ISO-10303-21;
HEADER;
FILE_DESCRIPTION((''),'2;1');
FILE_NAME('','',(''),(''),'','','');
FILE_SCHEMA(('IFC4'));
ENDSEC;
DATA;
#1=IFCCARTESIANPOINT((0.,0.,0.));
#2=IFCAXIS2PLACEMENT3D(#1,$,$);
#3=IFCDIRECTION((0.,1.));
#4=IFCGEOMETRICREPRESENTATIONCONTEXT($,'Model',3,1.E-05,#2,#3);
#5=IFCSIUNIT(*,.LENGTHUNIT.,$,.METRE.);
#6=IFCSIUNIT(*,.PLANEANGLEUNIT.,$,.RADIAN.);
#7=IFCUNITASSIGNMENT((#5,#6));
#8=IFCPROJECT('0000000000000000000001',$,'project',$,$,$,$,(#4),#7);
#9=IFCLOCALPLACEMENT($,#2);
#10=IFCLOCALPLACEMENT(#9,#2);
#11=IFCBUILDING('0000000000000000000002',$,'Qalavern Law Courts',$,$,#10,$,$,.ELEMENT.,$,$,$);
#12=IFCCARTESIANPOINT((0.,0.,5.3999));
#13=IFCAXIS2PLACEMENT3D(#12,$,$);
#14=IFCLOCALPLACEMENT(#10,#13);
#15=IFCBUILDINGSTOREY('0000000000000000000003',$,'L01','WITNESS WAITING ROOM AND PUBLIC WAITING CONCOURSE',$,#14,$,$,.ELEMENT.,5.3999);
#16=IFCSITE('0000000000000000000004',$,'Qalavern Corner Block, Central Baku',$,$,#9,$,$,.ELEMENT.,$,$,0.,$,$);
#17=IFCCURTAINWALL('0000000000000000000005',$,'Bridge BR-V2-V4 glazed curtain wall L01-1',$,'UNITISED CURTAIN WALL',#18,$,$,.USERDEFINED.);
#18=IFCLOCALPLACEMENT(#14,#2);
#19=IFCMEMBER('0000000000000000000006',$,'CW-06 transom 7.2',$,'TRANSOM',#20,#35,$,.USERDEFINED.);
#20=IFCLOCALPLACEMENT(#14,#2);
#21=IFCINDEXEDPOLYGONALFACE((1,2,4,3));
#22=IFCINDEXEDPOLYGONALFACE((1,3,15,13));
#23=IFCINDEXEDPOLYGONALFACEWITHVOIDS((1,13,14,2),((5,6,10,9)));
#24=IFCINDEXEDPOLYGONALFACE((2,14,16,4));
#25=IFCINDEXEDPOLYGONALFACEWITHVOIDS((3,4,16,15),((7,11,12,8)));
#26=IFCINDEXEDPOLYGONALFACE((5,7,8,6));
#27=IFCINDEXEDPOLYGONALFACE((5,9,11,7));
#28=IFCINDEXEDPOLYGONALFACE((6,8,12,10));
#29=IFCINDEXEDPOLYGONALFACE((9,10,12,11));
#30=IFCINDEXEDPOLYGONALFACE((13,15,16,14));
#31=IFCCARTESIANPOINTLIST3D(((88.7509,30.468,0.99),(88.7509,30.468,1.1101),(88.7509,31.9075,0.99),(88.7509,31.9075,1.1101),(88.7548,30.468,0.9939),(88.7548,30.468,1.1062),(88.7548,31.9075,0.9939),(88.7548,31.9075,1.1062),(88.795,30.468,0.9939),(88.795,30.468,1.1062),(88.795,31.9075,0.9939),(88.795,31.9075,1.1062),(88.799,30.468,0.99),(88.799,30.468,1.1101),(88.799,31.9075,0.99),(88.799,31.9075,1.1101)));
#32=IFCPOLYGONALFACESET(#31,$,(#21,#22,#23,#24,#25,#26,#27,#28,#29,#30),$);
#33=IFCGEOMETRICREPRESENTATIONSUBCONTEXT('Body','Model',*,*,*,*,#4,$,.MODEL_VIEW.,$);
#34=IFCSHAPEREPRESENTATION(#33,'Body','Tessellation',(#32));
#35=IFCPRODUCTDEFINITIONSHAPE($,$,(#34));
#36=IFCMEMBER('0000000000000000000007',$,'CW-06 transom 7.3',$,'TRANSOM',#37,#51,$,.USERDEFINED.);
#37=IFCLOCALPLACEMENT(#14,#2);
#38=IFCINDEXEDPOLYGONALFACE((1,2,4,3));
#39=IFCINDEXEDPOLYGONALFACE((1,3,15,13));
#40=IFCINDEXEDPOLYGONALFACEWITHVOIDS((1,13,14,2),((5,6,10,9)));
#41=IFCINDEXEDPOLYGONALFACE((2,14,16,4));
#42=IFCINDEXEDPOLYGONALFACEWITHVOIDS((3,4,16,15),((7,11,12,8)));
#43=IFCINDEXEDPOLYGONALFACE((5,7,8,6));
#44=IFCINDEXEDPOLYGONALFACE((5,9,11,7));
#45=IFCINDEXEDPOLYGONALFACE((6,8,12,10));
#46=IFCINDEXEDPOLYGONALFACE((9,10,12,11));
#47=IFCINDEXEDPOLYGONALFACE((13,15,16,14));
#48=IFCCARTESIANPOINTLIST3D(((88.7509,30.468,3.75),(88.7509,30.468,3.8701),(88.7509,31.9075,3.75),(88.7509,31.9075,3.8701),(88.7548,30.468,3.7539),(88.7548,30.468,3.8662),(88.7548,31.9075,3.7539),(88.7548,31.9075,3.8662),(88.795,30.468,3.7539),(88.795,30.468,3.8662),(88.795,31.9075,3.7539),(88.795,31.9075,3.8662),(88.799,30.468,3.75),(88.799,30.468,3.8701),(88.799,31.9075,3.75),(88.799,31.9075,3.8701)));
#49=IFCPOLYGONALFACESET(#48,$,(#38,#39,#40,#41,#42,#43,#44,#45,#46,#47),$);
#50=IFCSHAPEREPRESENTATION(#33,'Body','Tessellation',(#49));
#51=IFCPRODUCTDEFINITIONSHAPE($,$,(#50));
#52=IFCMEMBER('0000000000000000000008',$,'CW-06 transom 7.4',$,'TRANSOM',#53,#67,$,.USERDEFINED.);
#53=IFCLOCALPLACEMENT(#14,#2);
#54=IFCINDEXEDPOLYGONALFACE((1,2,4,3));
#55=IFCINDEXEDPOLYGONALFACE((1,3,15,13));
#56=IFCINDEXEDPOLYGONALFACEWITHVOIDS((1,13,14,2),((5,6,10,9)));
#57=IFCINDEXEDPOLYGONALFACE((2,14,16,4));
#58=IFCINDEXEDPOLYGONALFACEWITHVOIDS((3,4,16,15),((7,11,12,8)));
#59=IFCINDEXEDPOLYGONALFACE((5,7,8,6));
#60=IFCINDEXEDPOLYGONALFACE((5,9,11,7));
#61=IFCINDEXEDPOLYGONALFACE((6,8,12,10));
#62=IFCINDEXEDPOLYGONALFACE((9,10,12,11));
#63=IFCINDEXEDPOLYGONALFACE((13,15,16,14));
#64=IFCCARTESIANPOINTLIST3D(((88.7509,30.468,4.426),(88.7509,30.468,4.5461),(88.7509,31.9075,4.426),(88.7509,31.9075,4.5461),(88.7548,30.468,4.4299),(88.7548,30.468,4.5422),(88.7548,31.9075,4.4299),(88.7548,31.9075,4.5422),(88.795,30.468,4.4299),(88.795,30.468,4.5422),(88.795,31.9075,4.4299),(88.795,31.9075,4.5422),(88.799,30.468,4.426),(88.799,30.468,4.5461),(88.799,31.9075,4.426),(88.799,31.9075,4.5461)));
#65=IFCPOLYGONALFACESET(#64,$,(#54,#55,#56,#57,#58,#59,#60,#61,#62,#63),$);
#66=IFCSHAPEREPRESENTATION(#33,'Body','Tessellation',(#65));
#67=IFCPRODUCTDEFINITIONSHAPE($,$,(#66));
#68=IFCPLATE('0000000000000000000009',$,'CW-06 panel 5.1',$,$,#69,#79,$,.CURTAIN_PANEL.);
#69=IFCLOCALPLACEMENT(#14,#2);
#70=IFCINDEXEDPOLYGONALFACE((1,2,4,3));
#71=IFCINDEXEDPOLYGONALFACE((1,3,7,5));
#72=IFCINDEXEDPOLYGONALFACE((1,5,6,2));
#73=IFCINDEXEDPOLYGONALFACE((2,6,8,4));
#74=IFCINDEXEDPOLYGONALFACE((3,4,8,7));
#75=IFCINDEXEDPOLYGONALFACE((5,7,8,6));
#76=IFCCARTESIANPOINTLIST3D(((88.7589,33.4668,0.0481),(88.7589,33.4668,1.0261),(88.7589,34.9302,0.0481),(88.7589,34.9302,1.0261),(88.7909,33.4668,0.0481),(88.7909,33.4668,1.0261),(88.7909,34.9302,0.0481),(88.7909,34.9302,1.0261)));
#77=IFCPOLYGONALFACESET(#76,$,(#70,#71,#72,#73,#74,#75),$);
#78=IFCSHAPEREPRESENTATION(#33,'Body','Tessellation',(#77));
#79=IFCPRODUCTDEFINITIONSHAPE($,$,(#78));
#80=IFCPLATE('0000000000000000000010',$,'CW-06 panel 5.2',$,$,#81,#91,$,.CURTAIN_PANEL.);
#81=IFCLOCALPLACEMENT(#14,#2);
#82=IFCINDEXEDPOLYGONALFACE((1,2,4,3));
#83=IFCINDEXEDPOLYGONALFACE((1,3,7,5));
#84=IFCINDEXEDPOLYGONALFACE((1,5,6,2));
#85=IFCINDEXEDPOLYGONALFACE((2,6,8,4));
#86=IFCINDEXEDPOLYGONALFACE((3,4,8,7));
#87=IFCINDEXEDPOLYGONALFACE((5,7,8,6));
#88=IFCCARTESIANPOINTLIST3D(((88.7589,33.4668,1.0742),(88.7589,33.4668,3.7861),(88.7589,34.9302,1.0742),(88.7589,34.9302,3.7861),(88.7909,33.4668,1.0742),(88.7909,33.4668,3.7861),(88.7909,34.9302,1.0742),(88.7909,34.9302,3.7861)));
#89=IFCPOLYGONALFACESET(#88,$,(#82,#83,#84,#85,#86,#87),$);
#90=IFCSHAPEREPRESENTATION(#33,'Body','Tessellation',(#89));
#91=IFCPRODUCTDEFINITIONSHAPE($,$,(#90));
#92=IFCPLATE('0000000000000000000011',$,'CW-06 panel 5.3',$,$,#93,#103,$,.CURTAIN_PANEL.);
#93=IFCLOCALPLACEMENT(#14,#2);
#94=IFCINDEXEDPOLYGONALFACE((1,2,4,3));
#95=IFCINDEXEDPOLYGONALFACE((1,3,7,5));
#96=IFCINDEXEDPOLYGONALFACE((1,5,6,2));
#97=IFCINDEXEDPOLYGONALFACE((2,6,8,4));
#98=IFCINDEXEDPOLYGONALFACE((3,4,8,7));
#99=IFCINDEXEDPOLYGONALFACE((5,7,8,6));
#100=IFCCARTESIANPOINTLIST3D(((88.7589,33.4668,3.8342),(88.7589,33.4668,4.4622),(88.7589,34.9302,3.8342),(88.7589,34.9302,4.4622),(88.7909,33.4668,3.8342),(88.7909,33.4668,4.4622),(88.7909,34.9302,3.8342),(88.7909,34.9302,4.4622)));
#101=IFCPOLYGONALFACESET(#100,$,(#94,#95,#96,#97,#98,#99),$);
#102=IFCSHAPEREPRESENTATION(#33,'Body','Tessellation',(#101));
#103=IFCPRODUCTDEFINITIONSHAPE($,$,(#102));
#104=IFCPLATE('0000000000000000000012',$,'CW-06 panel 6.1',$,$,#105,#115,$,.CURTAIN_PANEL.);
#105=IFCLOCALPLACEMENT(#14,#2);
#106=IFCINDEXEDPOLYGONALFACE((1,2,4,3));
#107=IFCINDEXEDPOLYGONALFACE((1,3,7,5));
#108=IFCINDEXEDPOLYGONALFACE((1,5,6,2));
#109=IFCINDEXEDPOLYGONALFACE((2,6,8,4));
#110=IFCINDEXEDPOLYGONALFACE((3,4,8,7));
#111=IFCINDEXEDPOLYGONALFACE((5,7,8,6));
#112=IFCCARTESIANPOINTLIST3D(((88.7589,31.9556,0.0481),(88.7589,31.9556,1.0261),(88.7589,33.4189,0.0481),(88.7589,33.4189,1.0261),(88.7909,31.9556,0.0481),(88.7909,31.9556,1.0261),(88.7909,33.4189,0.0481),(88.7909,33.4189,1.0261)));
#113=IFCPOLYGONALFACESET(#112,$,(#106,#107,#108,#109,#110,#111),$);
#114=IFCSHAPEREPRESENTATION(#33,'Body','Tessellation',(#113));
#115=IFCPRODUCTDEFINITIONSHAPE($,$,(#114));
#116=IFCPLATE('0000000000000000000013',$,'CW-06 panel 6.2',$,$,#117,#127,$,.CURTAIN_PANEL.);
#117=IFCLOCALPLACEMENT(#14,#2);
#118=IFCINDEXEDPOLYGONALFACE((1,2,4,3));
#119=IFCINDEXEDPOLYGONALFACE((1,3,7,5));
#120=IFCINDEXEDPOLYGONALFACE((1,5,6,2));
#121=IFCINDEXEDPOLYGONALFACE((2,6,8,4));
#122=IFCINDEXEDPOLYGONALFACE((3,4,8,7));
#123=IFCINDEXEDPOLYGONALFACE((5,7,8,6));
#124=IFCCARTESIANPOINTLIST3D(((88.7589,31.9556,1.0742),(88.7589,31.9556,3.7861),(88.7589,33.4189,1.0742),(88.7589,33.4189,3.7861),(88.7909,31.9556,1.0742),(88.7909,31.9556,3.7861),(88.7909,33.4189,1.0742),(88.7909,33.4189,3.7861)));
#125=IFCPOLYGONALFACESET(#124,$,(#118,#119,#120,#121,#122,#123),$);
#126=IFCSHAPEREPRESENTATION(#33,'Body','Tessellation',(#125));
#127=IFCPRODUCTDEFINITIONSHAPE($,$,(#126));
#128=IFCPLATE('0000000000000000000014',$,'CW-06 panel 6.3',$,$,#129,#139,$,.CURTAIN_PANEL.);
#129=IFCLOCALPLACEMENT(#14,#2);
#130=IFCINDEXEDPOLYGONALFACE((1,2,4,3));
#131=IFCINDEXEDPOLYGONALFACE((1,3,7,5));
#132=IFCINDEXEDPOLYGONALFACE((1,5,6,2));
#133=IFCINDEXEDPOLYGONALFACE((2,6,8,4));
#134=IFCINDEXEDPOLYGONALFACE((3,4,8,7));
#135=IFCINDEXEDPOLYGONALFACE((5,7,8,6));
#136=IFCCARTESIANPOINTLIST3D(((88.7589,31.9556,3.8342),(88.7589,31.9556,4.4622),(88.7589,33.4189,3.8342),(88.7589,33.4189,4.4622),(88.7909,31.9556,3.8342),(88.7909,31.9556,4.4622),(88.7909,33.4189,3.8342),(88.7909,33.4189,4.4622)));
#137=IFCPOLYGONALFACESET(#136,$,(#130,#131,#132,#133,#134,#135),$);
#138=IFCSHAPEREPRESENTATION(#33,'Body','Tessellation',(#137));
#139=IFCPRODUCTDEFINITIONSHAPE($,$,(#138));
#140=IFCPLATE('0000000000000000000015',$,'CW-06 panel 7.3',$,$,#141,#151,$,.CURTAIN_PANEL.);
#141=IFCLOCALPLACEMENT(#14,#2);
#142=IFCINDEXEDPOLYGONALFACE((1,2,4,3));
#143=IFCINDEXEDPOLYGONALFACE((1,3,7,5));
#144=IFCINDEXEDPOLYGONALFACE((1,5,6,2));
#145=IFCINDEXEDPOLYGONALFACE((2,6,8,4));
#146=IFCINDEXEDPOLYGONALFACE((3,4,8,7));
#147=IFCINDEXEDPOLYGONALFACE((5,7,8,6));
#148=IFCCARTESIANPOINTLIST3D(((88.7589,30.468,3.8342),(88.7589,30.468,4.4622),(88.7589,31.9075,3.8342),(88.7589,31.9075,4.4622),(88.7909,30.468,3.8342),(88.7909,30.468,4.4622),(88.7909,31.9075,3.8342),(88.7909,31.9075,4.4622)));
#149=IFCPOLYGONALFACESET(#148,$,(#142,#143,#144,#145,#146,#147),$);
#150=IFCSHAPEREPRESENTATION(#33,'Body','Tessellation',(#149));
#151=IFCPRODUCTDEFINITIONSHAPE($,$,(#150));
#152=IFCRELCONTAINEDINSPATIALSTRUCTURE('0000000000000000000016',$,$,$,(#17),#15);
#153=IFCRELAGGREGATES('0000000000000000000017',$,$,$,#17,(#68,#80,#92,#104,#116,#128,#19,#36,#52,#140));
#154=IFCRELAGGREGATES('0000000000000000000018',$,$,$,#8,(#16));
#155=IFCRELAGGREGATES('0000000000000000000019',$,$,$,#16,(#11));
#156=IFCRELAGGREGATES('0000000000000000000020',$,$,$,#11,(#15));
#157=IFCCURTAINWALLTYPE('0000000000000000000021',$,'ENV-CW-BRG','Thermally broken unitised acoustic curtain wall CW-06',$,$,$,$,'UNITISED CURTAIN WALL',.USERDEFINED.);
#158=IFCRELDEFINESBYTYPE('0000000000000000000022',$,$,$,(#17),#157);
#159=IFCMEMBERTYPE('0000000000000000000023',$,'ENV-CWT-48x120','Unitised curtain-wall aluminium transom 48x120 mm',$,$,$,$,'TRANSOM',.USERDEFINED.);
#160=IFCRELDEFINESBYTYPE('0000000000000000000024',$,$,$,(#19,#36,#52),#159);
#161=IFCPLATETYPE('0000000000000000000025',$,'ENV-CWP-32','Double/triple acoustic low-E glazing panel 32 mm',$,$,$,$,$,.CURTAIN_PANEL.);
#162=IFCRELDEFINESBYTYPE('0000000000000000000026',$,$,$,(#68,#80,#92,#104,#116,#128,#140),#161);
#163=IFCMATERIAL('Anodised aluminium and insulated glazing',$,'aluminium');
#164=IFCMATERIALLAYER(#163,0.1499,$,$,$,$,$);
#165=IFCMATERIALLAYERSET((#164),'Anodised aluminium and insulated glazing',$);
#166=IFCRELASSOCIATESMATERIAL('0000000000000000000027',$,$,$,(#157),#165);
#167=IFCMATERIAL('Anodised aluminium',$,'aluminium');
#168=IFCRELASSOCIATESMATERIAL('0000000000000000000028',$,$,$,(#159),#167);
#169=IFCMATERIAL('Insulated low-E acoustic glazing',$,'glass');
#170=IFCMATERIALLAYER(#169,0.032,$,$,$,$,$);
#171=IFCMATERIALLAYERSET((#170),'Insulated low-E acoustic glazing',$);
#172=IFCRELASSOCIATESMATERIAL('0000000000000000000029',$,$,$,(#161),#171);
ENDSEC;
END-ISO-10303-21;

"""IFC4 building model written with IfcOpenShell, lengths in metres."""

from ifc_helpers import new_model, si_unit, direction, frame, origin, origin_2d, place, context, subcontext, project, spatial, rectangle, hollow_rectangle, extrude, material, layer, layer_set, material_profile, profile_set, type_object, element, aggregate, save


model = new_model("IFC4")

# Units and contexts
model_context = context("Model", 3, precision=1e-05, world=origin(), true_north=direction((0.0, 1.0)))
body_context = subcontext(model_context, "Body", "Model", "MODEL_VIEW")
ifc_project = project(units=[si_unit("LENGTHUNIT", "METRE"), si_unit("PLANEANGLEUNIT", "RADIAN")], contexts=[model_context])

# Site, building, storey
site_placement = place(None, origin())
site = spatial("IfcSite", under=ifc_project, at=site_placement, Name="Qalavern Corner Block, Central Baku", CompositionType="ELEMENT", RefElevation=0.0)
building_placement = place(site_placement, origin())
building = spatial("IfcBuilding", under=site, at=building_placement, Name="Qalavern Law Courts", CompositionType="ELEMENT")
storey_placement = place(building_placement, frame((0.0, 0.0, 5.3999)))
storey = spatial("IfcBuildingStorey", under=building, at=storey_placement, Name="L01", Description="WITNESS WAITING ROOM AND PUBLIC WAITING CONCOURSE", CompositionType="ELEMENT", Elevation=5.3999)

# Curtain wall, members, plates
ifc_material_1 = material(Name="Anodised aluminium and insulated glazing", Category="aluminium")
ifc_layer_1 = layer(ifc_material_1, 0.1499)
ifc_layer_set_1 = layer_set([ifc_layer_1], Name="Anodised aluminium and insulated glazing")
curtain_wall_type = type_object("IfcCurtainWallType", Name="ENV-CW-BRG", Description="Thermally broken unitised acoustic curtain wall CW-06", ElementType="UNITISED CURTAIN WALL", PredefinedType="USERDEFINED", material=ifc_layer_set_1)
curtain_wall_placement = place(storey_placement, origin())
curtain_wall = element("IfcCurtainWall", 1, at=curtain_wall_placement, inside=storey, type_object=curtain_wall_type, Name="Bridge BR-V2-V4 glazed curtain wall L01-1", ObjectType="UNITISED CURTAIN WALL", PredefinedType="USERDEFINED")
ifc_material_2 = material(Name="Anodised aluminium", Category="aluminium")
ifc_material_profile_1 = material_profile(ifc_material_2, hollow_rectangle(XDim=0.0481, YDim=0.1201, WallThickness=0.0039, at=origin_2d()), Name="ALU TRANSOM 48x120")
ifc_profile_set_1 = profile_set([ifc_material_profile_1], Name="Anodised aluminium")
member_type_1 = type_object("IfcMemberType", Name="ENV-CWT-48x120", Description="Unitised curtain-wall aluminium transom 48x120 mm", ElementType="TRANSOM", PredefinedType="USERDEFINED", material=ifc_profile_set_1)
member_1_placement = place(storey_placement, frame((88.7749, 31.9075, 1.05), z_axis=(0.0, -1.0, 0.0), x_axis=(1.0, 0.0, 0.0)))
member_1 = element("IfcMember", 2, at=member_1_placement, type_object=member_type_1, Name="CW-06 transom 7.2", ObjectType="TRANSOM", PredefinedType="USERDEFINED", context=body_context, shape_type="SweptSolid", body=[
    extrude(hollow_rectangle(XDim=0.0481, YDim=0.1201, WallThickness=0.0039, at=origin_2d()), origin(), (0.0, 0.0, 1.0), 1.4395),
])
member_2_placement = place(storey_placement, frame((88.7749, 31.9075, 3.8101), z_axis=(0.0, -1.0, 0.0), x_axis=(1.0, 0.0, 0.0)))
member_2 = element("IfcMember", 3, at=member_2_placement, type_object=member_type_1, Name="CW-06 transom 7.3", ObjectType="TRANSOM", PredefinedType="USERDEFINED", context=body_context, shape_type="SweptSolid", body=[
    extrude(hollow_rectangle(XDim=0.0481, YDim=0.1201, WallThickness=0.0039, at=origin_2d()), origin(), (0.0, 0.0, 1.0), 1.4395),
])
member_3_placement = place(storey_placement, frame((88.7749, 31.9075, 4.4861), z_axis=(0.0, -1.0, 0.0), x_axis=(1.0, 0.0, 0.0)))
member_3 = element("IfcMember", 4, at=member_3_placement, type_object=member_type_1, Name="CW-06 transom 7.4", ObjectType="TRANSOM", PredefinedType="USERDEFINED", context=body_context, shape_type="SweptSolid", body=[
    extrude(hollow_rectangle(XDim=0.0481, YDim=0.1201, WallThickness=0.0039, at=origin_2d()), origin(), (0.0, 0.0, 1.0), 1.4395),
])
ifc_material_3 = material(Name="Insulated low-E acoustic glazing", Category="glass")
ifc_layer_2 = layer(ifc_material_3, 0.032)
ifc_layer_set_2 = layer_set([ifc_layer_2], Name="Insulated low-E acoustic glazing")
plate_type = type_object("IfcPlateType", Name="ENV-CWP-32", Description="Double/triple acoustic low-E glazing panel 32 mm", PredefinedType="CURTAIN_PANEL", material=ifc_layer_set_2)
plate_1_placement = place(storey_placement, frame((88.7749, 34.1985, 0.0481), z_axis=(0.0, 0.0, 1.0), x_axis=(0.0, -1.0, 0.0)))
plate_1 = element("IfcPlate", 5, at=plate_1_placement, type_object=plate_type, Name="CW-06 panel 5.1", PredefinedType="CURTAIN_PANEL", context=body_context, shape_type="SweptSolid", body=[
    extrude(rectangle(XDim=1.4634, YDim=0.032, at=origin_2d()), origin(), (0.0, 0.0, 1.0), 0.978),
])
plate_2_placement = place(storey_placement, frame((88.7749, 34.1985, 1.0742), z_axis=(0.0, 0.0, 1.0), x_axis=(0.0, -1.0, 0.0)))
plate_2 = element("IfcPlate", 6, at=plate_2_placement, type_object=plate_type, Name="CW-06 panel 5.2", PredefinedType="CURTAIN_PANEL", context=body_context, shape_type="SweptSolid", body=[
    extrude(rectangle(XDim=1.4634, YDim=0.032, at=origin_2d()), origin(), (0.0, 0.0, 1.0), 2.7119),
])
plate_3_placement = place(storey_placement, frame((88.7749, 34.1985, 3.8342), z_axis=(0.0, 0.0, 1.0), x_axis=(0.0, -1.0, 0.0)))
plate_3 = element("IfcPlate", 7, at=plate_3_placement, type_object=plate_type, Name="CW-06 panel 5.3", PredefinedType="CURTAIN_PANEL", context=body_context, shape_type="SweptSolid", body=[
    extrude(rectangle(XDim=1.4634, YDim=0.032, at=origin_2d()), origin(), (0.0, 0.0, 1.0), 0.6279),
])
plate_4_placement = place(storey_placement, frame((88.7749, 32.6873, 0.0481), z_axis=(0.0, 0.0, 1.0), x_axis=(0.0, -1.0, 0.0)))
plate_4 = element("IfcPlate", 8, at=plate_4_placement, type_object=plate_type, Name="CW-06 panel 6.1", PredefinedType="CURTAIN_PANEL", context=body_context, shape_type="SweptSolid", body=[
    extrude(rectangle(XDim=1.4634, YDim=0.032, at=origin_2d()), origin(), (0.0, 0.0, 1.0), 0.978),
])
plate_5_placement = place(storey_placement, frame((88.7749, 32.6873, 1.0742), z_axis=(0.0, 0.0, 1.0), x_axis=(0.0, -1.0, 0.0)))
plate_5 = element("IfcPlate", 9, at=plate_5_placement, type_object=plate_type, Name="CW-06 panel 6.2", PredefinedType="CURTAIN_PANEL", context=body_context, shape_type="SweptSolid", body=[
    extrude(rectangle(XDim=1.4634, YDim=0.032, at=origin_2d()), origin(), (0.0, 0.0, 1.0), 2.7119),
])
plate_6_placement = place(storey_placement, frame((88.7749, 32.6873, 3.8342), z_axis=(0.0, 0.0, 1.0), x_axis=(0.0, -1.0, 0.0)))
plate_6 = element("IfcPlate", 10, at=plate_6_placement, type_object=plate_type, Name="CW-06 panel 6.3", PredefinedType="CURTAIN_PANEL", context=body_context, shape_type="SweptSolid", body=[
    extrude(rectangle(XDim=1.4634, YDim=0.032, at=origin_2d()), origin(), (0.0, 0.0, 1.0), 0.6279),
])
plate_7_placement = place(storey_placement, frame((88.7749, 31.1877, 3.8342), z_axis=(0.0, 0.0, 1.0), x_axis=(0.0, -1.0, 0.0)))
plate_7 = element("IfcPlate", 11, at=plate_7_placement, type_object=plate_type, Name="CW-06 panel 7.3", PredefinedType="CURTAIN_PANEL", context=body_context, shape_type="SweptSolid", body=[
    extrude(rectangle(XDim=1.4395, YDim=0.032, at=origin_2d()), origin(), (0.0, 0.0, 1.0), 0.6279),
])
aggregate(curtain_wall, [plate_1, plate_2, plate_3, plate_4, plate_5, plate_6, member_1, member_2, member_3, plate_7])

save(model, "model.ifc")
